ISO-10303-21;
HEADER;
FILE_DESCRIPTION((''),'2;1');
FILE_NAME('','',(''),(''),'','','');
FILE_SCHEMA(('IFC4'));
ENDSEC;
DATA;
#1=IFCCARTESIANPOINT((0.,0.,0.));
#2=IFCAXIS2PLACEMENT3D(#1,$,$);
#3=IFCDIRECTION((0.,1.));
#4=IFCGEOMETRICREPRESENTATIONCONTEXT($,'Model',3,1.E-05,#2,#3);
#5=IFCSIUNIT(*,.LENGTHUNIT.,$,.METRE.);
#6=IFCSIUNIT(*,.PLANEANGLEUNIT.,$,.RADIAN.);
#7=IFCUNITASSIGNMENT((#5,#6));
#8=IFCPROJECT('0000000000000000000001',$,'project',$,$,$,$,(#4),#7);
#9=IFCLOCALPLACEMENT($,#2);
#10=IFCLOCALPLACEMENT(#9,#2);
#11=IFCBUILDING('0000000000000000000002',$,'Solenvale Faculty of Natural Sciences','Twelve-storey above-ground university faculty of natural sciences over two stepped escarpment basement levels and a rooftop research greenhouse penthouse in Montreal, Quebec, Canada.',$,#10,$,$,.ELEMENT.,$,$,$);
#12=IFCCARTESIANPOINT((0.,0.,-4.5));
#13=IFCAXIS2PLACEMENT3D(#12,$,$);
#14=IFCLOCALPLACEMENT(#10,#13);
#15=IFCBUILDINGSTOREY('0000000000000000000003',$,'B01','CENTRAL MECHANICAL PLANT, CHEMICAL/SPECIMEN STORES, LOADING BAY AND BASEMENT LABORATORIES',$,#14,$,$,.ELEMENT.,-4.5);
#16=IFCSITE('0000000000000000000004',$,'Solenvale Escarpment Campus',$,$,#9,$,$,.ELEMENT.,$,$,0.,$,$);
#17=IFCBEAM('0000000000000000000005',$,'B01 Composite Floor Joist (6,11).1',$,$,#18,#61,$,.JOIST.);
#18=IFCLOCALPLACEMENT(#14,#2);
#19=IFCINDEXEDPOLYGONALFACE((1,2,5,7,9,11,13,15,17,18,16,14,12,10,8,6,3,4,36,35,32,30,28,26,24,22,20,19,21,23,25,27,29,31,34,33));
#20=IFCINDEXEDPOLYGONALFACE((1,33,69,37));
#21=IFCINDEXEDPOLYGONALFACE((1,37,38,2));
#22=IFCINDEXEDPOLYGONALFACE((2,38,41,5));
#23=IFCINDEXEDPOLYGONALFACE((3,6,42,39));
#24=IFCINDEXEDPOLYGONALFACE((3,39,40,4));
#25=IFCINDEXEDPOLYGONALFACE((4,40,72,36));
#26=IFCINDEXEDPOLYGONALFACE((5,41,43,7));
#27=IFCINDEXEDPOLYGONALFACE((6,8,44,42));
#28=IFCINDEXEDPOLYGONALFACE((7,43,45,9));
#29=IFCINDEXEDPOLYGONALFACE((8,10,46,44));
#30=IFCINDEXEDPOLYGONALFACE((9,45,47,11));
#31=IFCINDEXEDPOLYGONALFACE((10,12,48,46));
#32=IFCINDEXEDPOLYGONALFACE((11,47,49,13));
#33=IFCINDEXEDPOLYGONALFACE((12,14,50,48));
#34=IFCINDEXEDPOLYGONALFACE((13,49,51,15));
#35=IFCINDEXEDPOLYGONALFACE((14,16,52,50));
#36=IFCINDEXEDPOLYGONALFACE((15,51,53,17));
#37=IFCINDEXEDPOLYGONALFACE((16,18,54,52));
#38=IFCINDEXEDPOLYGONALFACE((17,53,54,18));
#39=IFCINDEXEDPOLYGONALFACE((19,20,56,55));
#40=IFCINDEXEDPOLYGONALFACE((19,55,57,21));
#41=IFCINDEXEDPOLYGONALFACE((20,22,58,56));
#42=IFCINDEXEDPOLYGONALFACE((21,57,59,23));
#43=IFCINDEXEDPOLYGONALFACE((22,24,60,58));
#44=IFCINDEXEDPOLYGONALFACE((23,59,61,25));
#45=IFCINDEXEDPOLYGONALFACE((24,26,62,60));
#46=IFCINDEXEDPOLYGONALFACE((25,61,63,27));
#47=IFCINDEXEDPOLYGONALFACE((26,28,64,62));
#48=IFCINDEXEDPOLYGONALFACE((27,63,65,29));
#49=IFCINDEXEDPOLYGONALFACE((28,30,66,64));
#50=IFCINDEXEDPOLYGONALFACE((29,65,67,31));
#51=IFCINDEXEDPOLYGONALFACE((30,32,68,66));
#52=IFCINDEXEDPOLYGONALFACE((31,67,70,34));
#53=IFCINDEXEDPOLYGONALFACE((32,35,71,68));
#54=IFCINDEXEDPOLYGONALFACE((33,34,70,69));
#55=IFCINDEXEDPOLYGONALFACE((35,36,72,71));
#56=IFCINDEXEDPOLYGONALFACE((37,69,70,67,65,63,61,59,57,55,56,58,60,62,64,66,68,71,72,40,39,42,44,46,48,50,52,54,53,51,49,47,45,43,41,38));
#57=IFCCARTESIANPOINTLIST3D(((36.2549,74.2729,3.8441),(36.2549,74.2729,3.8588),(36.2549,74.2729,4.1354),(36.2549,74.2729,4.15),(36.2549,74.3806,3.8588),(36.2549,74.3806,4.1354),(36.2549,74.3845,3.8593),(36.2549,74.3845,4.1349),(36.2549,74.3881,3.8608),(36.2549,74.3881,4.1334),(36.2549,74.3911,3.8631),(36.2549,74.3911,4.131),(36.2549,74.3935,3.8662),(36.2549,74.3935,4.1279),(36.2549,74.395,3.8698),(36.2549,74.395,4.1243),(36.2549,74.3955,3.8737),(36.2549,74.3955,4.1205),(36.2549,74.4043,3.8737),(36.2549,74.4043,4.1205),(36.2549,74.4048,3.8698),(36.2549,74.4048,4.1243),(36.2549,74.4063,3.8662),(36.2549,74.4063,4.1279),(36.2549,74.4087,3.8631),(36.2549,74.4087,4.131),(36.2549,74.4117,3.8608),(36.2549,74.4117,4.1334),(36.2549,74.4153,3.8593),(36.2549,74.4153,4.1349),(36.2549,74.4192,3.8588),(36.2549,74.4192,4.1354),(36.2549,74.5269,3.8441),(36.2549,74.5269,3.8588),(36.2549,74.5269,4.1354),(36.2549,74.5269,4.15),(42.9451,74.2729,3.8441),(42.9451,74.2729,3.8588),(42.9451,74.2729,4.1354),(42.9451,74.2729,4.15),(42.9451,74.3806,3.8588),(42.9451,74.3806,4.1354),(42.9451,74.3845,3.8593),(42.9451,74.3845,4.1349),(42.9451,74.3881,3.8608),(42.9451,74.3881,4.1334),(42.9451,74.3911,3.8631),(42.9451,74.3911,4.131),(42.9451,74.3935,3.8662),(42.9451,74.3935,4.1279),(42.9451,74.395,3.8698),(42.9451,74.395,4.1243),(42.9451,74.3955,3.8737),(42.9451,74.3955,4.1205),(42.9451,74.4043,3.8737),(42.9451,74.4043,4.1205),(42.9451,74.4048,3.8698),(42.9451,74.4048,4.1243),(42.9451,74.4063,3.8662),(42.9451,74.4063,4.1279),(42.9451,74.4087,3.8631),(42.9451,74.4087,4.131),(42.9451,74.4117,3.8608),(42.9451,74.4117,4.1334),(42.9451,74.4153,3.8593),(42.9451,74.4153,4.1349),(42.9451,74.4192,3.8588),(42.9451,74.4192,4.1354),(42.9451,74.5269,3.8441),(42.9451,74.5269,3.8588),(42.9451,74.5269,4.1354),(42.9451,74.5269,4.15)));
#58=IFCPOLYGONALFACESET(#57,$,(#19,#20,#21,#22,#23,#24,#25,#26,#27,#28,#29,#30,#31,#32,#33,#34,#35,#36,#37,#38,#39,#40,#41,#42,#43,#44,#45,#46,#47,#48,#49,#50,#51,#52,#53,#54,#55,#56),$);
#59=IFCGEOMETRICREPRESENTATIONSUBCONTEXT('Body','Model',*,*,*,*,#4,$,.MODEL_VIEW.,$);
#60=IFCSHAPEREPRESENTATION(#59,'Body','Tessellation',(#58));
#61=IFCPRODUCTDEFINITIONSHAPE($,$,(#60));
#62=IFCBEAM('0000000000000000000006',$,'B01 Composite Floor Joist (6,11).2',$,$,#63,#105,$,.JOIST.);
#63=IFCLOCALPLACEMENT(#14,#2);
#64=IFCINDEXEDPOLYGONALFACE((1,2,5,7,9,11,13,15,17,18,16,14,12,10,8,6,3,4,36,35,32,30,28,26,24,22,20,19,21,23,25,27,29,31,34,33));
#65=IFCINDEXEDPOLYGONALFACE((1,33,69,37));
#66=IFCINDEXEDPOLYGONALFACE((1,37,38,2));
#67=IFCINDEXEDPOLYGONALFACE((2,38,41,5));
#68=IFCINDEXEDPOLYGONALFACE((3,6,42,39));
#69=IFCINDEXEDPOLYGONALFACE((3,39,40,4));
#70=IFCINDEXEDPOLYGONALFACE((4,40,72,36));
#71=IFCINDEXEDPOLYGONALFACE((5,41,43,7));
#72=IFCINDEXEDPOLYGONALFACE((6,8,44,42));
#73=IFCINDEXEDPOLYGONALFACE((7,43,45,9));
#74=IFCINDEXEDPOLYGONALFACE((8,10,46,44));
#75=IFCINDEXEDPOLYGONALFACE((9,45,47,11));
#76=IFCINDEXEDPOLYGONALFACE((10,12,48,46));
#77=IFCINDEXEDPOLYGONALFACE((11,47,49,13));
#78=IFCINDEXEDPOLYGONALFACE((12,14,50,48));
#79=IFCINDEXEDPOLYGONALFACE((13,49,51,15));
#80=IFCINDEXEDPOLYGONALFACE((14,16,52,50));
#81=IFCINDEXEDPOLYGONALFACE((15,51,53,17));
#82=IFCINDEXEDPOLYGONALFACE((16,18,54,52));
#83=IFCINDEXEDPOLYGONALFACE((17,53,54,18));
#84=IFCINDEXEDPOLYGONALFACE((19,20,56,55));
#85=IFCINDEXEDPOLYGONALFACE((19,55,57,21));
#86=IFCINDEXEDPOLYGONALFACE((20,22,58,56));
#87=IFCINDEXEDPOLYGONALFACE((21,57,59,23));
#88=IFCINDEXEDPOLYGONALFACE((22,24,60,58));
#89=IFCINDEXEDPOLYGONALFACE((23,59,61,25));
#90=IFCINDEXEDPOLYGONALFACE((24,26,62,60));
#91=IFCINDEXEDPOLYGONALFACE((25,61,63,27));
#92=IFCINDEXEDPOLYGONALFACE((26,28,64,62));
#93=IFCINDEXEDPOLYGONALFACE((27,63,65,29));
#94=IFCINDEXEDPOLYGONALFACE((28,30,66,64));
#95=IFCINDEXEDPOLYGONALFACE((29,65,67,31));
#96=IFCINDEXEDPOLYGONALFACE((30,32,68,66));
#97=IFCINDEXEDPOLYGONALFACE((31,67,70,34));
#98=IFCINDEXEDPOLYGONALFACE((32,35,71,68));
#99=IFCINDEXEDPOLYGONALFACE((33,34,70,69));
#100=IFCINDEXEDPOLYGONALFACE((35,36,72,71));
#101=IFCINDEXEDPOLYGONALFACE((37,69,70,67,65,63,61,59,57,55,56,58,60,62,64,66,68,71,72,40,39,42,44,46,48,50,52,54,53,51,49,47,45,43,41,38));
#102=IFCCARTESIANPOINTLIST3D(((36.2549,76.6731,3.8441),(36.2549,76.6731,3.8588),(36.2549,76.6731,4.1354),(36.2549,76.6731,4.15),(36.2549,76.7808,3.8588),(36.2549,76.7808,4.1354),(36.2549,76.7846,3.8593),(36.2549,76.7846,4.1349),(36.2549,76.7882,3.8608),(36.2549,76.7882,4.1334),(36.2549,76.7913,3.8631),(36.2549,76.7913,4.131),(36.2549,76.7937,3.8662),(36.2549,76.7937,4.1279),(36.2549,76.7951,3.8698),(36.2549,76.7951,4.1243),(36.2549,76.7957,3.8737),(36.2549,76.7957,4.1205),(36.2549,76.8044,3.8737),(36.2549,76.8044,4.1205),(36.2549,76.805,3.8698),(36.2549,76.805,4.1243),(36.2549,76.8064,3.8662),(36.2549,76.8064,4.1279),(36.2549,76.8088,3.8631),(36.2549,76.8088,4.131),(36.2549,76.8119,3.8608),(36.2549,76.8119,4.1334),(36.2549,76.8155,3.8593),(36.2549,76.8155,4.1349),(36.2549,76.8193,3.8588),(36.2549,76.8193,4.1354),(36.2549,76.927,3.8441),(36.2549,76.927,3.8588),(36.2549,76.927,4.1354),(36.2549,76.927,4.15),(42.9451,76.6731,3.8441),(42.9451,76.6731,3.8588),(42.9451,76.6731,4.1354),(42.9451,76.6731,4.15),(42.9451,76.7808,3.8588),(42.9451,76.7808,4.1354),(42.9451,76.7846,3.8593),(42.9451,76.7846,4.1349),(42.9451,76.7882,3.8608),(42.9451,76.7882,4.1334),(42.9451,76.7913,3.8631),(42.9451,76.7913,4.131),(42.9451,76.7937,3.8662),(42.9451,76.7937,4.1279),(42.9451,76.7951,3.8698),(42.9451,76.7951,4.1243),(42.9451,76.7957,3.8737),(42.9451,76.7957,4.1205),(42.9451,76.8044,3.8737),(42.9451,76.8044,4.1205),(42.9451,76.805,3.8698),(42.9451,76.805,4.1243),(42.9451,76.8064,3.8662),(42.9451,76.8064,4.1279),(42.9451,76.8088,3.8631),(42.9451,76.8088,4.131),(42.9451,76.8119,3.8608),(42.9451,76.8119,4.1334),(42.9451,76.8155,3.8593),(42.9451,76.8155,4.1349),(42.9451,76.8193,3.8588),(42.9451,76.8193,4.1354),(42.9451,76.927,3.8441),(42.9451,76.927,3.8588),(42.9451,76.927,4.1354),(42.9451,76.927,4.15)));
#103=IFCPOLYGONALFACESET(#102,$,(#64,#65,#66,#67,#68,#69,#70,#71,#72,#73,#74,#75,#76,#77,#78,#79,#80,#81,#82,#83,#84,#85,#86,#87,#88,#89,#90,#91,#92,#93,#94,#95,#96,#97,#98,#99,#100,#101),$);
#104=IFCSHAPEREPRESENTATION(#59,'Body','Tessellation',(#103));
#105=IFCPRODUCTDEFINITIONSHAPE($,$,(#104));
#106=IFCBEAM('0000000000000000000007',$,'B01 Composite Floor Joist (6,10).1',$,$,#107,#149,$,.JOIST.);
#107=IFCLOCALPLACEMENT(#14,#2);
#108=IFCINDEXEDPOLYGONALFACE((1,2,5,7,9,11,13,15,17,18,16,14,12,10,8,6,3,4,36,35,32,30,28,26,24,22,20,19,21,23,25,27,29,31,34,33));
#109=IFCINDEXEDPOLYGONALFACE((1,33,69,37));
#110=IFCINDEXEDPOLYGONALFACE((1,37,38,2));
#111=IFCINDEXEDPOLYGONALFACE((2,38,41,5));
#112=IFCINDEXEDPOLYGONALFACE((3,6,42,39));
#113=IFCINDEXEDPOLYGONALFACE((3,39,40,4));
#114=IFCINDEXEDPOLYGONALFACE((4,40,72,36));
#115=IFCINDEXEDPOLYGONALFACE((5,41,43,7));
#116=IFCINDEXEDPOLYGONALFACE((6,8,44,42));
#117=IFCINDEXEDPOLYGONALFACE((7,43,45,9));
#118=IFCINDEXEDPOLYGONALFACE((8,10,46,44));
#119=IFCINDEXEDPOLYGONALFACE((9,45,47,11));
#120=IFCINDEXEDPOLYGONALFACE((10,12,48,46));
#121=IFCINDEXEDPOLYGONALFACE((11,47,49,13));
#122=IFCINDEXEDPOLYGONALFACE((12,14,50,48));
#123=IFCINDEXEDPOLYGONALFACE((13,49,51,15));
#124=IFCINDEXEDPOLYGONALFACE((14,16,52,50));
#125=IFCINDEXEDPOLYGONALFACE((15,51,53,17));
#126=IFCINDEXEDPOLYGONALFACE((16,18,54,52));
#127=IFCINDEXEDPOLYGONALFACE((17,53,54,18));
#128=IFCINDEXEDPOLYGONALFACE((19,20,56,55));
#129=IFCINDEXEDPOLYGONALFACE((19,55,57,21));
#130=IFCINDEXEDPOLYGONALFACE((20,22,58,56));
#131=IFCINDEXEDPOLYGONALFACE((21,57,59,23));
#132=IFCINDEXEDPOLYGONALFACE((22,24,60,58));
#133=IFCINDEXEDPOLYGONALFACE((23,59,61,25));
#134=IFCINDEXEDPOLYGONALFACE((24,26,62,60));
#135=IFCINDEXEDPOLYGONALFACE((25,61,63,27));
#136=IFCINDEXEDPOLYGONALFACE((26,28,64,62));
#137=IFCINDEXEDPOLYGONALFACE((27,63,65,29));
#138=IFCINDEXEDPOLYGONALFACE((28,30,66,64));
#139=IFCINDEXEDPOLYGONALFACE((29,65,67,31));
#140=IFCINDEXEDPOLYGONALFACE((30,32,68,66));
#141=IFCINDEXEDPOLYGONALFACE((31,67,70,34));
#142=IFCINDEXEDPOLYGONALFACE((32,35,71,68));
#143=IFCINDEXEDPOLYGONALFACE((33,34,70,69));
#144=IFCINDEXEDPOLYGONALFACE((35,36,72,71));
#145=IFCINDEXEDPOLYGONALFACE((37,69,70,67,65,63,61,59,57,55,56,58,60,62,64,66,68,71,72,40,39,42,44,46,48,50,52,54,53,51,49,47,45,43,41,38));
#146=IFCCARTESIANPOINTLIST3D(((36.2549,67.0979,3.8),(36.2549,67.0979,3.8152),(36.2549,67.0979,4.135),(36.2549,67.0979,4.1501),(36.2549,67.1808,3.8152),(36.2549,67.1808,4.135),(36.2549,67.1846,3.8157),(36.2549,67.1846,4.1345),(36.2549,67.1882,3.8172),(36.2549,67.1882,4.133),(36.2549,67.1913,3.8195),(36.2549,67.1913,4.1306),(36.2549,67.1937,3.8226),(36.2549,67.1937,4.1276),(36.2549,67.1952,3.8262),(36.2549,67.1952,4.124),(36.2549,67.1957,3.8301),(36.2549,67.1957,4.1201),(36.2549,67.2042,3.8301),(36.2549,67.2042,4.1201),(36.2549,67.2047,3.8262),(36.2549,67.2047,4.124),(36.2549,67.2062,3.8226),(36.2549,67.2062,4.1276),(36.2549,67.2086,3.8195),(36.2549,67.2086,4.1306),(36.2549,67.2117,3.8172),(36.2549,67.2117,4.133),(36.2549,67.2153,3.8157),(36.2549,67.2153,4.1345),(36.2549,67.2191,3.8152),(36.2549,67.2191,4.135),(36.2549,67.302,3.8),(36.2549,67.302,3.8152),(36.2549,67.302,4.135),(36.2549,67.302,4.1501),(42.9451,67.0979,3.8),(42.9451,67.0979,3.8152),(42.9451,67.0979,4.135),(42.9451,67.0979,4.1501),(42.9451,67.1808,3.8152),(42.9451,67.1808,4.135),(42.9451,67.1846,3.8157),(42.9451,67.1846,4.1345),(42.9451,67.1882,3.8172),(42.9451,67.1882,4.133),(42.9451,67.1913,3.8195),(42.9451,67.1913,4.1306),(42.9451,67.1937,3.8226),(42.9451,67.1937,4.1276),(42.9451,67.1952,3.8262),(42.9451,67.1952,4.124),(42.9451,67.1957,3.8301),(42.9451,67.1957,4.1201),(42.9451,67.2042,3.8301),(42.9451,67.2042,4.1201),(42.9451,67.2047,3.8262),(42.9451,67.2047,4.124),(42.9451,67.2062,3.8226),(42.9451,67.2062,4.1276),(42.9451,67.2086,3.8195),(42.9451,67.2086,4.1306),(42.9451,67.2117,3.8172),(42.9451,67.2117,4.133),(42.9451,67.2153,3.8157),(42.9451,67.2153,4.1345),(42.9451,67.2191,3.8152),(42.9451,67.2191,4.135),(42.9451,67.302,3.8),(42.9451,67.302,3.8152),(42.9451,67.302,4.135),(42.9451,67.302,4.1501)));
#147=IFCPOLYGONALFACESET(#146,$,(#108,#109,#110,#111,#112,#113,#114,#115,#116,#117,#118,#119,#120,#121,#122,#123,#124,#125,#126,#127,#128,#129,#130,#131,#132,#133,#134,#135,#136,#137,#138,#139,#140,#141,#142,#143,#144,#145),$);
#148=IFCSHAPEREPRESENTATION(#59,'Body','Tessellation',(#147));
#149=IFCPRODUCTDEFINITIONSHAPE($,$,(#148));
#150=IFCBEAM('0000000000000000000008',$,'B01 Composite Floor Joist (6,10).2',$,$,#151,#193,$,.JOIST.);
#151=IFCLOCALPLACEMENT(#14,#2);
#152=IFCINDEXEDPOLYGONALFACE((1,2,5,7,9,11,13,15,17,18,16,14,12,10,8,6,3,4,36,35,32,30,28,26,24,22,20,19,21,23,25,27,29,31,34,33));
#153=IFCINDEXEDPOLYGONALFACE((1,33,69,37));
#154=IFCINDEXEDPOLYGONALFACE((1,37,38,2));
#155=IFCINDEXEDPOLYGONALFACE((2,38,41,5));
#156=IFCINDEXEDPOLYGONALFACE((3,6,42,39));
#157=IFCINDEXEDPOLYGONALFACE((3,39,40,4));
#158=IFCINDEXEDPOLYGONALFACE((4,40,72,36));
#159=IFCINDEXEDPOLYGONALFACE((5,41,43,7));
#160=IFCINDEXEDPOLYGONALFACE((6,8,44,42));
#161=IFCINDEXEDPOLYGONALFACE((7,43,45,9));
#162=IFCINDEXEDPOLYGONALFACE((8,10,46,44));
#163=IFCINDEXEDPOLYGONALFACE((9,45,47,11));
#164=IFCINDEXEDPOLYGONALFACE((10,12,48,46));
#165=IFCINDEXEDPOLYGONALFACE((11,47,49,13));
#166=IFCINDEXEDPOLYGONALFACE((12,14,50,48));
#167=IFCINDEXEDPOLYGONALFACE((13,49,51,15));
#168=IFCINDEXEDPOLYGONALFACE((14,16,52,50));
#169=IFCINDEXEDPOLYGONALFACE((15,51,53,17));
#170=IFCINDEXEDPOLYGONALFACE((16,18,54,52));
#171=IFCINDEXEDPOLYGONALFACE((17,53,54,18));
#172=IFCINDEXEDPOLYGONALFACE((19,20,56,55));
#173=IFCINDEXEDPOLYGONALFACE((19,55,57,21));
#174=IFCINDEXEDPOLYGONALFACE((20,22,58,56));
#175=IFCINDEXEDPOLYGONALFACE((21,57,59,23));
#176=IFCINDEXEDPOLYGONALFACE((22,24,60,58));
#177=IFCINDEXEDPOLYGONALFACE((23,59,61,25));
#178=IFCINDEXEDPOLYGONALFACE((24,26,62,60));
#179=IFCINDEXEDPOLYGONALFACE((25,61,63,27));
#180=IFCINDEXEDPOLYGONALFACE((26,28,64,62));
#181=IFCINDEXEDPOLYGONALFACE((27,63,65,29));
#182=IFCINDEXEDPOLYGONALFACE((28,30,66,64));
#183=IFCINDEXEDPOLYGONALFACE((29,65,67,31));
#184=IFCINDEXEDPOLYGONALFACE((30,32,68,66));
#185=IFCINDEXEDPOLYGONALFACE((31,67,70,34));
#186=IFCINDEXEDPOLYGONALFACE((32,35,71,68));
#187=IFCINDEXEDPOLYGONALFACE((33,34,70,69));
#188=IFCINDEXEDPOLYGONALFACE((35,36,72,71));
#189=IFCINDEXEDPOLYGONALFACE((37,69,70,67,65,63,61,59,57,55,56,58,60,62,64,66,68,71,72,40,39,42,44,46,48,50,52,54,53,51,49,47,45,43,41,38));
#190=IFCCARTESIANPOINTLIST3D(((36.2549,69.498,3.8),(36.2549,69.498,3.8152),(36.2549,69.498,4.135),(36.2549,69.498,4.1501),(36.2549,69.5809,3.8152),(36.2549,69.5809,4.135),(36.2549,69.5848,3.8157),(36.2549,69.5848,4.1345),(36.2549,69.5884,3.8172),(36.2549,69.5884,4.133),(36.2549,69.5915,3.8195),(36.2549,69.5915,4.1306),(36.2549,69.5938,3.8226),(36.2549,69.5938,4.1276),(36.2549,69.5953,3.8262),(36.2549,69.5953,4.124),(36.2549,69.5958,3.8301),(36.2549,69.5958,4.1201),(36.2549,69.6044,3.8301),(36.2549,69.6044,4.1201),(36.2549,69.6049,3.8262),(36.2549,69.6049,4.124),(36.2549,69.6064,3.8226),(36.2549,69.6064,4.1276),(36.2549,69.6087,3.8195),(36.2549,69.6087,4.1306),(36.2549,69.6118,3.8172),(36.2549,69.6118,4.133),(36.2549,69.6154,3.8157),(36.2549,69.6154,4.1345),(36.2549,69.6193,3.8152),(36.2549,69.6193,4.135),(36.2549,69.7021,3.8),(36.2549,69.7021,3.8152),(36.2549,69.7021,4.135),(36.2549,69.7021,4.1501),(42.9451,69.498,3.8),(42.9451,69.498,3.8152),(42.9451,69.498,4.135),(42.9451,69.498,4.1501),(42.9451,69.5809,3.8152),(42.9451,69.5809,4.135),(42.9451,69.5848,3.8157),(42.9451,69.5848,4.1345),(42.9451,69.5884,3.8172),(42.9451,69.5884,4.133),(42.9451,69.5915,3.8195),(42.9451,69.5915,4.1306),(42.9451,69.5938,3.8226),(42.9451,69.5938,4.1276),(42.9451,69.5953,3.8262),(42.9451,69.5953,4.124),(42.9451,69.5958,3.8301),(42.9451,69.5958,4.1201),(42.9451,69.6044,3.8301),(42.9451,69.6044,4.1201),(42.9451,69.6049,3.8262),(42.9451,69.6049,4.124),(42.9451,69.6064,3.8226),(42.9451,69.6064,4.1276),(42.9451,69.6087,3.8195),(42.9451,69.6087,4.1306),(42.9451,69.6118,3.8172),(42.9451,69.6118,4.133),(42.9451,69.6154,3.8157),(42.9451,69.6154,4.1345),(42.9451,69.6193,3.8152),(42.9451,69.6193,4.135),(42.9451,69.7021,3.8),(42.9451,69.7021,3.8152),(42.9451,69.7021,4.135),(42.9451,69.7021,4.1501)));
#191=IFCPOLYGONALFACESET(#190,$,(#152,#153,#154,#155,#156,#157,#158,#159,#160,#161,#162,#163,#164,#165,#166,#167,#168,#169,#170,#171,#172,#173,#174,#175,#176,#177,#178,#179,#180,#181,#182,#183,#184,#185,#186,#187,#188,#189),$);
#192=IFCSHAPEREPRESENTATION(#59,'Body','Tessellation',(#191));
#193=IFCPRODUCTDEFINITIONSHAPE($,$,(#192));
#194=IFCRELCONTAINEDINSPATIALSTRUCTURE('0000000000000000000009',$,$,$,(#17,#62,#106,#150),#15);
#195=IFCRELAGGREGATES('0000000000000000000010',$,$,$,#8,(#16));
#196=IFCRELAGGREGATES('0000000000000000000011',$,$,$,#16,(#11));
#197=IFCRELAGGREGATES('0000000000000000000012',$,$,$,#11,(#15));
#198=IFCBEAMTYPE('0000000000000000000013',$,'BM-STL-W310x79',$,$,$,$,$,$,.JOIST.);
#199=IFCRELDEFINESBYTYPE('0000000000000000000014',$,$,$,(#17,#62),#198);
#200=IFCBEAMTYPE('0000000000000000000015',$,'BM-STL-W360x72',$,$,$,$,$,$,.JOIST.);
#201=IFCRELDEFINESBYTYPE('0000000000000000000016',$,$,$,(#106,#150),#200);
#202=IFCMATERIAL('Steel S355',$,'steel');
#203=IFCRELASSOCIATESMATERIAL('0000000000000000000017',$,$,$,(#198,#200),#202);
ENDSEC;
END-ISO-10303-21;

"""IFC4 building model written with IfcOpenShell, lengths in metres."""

from ifc_helpers import new_model, si_unit, direction, frame, origin, origin_2d, place, context, subcontext, project, spatial, i_section, extrude, material, material_profile, profile_set, type_object, element, save


model = new_model("IFC4")

# Units and contexts
model_context = context("Model", 3, precision=1e-05, world=origin(), true_north=direction((0.0, 1.0)))
body_context = subcontext(model_context, "Body", "Model", "MODEL_VIEW")
ifc_project = project(units=[si_unit("LENGTHUNIT", "METRE"), si_unit("PLANEANGLEUNIT", "RADIAN")], contexts=[model_context])

# Site, building, storey
site_placement = place(None, origin())
site = spatial("IfcSite", under=ifc_project, at=site_placement, Name="Solenvale Escarpment Campus", CompositionType="ELEMENT", RefElevation=0.0)
building_placement = place(site_placement, origin())
building = spatial("IfcBuilding", under=site, at=building_placement, Name="Solenvale Faculty of Natural Sciences", Description="Twelve-storey above-ground university faculty of natural sciences over two stepped escarpment basement levels and a rooftop research greenhouse penthouse in Montreal, Quebec, Canada.", CompositionType="ELEMENT")
storey_placement = place(building_placement, frame((0.0, 0.0, -4.5)))
storey = spatial("IfcBuildingStorey", under=building, at=storey_placement, Name="B01", Description="CENTRAL MECHANICAL PLANT, CHEMICAL/SPECIMEN STORES, LOADING BAY AND BASEMENT LABORATORIES", CompositionType="ELEMENT", Elevation=-4.5)

# Shared definitions
ifc_material_1 = material(Name="Steel S355", Category="steel")

# Beams
ifc_material_profile_1 = material_profile(ifc_material_1, i_section(OverallWidth=0.2539, OverallDepth=0.3059, WebThickness=0.0088, FlangeThickness=0.0146, FilletRadius=0.0149, at=origin_2d()), Name="W310x79")
ifc_profile_set_1 = profile_set([ifc_material_profile_1], Name="Steel S355")
beam_type_1 = type_object("IfcBeamType", Name="BM-STL-W310x79", PredefinedType="JOIST", material=ifc_profile_set_1)
for number, where, z_axis, x_axis, name in (
    (1, (36.2549, 74.3999, 3.9971), (1.0, 0.0, 0.0), (0.0, 1.0, 0.0), "B01 Composite Floor Joist (6,11).1"),
    (2, (36.2549, 76.8, 3.9971), (1.0, 0.0, 0.0), (0.0, 1.0, 0.0), "B01 Composite Floor Joist (6,11).2"),
):
    element("IfcBeam", number, at=place(storey_placement, frame(where, z_axis=z_axis, x_axis=x_axis)), inside=storey, type_object=beam_type_1, Name=name, PredefinedType="JOIST", context=body_context, shape_type="SweptSolid", body=[
        extrude(i_section(OverallWidth=0.2539, OverallDepth=0.3059, WebThickness=0.0088, FlangeThickness=0.0146, FilletRadius=0.0149, at=origin_2d()), origin(), (0.0, 0.0, 1.0), 6.6902),
    ])
ifc_material_profile_2 = material_profile(ifc_material_1, i_section(OverallWidth=0.2041, OverallDepth=0.3501, WebThickness=0.0085, FlangeThickness=0.0151, FilletRadius=0.0149, at=origin_2d()), Name="W360x72")
ifc_profile_set_2 = profile_set([ifc_material_profile_2], Name="Steel S355")
beam_type_2 = type_object("IfcBeamType", Name="BM-STL-W360x72", PredefinedType="JOIST", material=ifc_profile_set_2)
for number, where, z_axis, x_axis, name in (
    (3, (36.2549, 67.2, 3.9751), (1.0, 0.0, 0.0), (0.0, 1.0, 0.0), "B01 Composite Floor Joist (6,10).1"),
    (4, (36.2549, 69.6001, 3.9751), (1.0, 0.0, 0.0), (0.0, 1.0, 0.0), "B01 Composite Floor Joist (6,10).2"),
):
    element("IfcBeam", number, at=place(storey_placement, frame(where, z_axis=z_axis, x_axis=x_axis)), inside=storey, type_object=beam_type_2, Name=name, PredefinedType="JOIST", context=body_context, shape_type="SweptSolid", body=[
        extrude(i_section(OverallWidth=0.2041, OverallDepth=0.3501, WebThickness=0.0085, FlangeThickness=0.0151, FilletRadius=0.0149, at=origin_2d()), origin(), (0.0, 0.0, 1.0), 6.6902),
    ])

save(model, "model.ifc")
